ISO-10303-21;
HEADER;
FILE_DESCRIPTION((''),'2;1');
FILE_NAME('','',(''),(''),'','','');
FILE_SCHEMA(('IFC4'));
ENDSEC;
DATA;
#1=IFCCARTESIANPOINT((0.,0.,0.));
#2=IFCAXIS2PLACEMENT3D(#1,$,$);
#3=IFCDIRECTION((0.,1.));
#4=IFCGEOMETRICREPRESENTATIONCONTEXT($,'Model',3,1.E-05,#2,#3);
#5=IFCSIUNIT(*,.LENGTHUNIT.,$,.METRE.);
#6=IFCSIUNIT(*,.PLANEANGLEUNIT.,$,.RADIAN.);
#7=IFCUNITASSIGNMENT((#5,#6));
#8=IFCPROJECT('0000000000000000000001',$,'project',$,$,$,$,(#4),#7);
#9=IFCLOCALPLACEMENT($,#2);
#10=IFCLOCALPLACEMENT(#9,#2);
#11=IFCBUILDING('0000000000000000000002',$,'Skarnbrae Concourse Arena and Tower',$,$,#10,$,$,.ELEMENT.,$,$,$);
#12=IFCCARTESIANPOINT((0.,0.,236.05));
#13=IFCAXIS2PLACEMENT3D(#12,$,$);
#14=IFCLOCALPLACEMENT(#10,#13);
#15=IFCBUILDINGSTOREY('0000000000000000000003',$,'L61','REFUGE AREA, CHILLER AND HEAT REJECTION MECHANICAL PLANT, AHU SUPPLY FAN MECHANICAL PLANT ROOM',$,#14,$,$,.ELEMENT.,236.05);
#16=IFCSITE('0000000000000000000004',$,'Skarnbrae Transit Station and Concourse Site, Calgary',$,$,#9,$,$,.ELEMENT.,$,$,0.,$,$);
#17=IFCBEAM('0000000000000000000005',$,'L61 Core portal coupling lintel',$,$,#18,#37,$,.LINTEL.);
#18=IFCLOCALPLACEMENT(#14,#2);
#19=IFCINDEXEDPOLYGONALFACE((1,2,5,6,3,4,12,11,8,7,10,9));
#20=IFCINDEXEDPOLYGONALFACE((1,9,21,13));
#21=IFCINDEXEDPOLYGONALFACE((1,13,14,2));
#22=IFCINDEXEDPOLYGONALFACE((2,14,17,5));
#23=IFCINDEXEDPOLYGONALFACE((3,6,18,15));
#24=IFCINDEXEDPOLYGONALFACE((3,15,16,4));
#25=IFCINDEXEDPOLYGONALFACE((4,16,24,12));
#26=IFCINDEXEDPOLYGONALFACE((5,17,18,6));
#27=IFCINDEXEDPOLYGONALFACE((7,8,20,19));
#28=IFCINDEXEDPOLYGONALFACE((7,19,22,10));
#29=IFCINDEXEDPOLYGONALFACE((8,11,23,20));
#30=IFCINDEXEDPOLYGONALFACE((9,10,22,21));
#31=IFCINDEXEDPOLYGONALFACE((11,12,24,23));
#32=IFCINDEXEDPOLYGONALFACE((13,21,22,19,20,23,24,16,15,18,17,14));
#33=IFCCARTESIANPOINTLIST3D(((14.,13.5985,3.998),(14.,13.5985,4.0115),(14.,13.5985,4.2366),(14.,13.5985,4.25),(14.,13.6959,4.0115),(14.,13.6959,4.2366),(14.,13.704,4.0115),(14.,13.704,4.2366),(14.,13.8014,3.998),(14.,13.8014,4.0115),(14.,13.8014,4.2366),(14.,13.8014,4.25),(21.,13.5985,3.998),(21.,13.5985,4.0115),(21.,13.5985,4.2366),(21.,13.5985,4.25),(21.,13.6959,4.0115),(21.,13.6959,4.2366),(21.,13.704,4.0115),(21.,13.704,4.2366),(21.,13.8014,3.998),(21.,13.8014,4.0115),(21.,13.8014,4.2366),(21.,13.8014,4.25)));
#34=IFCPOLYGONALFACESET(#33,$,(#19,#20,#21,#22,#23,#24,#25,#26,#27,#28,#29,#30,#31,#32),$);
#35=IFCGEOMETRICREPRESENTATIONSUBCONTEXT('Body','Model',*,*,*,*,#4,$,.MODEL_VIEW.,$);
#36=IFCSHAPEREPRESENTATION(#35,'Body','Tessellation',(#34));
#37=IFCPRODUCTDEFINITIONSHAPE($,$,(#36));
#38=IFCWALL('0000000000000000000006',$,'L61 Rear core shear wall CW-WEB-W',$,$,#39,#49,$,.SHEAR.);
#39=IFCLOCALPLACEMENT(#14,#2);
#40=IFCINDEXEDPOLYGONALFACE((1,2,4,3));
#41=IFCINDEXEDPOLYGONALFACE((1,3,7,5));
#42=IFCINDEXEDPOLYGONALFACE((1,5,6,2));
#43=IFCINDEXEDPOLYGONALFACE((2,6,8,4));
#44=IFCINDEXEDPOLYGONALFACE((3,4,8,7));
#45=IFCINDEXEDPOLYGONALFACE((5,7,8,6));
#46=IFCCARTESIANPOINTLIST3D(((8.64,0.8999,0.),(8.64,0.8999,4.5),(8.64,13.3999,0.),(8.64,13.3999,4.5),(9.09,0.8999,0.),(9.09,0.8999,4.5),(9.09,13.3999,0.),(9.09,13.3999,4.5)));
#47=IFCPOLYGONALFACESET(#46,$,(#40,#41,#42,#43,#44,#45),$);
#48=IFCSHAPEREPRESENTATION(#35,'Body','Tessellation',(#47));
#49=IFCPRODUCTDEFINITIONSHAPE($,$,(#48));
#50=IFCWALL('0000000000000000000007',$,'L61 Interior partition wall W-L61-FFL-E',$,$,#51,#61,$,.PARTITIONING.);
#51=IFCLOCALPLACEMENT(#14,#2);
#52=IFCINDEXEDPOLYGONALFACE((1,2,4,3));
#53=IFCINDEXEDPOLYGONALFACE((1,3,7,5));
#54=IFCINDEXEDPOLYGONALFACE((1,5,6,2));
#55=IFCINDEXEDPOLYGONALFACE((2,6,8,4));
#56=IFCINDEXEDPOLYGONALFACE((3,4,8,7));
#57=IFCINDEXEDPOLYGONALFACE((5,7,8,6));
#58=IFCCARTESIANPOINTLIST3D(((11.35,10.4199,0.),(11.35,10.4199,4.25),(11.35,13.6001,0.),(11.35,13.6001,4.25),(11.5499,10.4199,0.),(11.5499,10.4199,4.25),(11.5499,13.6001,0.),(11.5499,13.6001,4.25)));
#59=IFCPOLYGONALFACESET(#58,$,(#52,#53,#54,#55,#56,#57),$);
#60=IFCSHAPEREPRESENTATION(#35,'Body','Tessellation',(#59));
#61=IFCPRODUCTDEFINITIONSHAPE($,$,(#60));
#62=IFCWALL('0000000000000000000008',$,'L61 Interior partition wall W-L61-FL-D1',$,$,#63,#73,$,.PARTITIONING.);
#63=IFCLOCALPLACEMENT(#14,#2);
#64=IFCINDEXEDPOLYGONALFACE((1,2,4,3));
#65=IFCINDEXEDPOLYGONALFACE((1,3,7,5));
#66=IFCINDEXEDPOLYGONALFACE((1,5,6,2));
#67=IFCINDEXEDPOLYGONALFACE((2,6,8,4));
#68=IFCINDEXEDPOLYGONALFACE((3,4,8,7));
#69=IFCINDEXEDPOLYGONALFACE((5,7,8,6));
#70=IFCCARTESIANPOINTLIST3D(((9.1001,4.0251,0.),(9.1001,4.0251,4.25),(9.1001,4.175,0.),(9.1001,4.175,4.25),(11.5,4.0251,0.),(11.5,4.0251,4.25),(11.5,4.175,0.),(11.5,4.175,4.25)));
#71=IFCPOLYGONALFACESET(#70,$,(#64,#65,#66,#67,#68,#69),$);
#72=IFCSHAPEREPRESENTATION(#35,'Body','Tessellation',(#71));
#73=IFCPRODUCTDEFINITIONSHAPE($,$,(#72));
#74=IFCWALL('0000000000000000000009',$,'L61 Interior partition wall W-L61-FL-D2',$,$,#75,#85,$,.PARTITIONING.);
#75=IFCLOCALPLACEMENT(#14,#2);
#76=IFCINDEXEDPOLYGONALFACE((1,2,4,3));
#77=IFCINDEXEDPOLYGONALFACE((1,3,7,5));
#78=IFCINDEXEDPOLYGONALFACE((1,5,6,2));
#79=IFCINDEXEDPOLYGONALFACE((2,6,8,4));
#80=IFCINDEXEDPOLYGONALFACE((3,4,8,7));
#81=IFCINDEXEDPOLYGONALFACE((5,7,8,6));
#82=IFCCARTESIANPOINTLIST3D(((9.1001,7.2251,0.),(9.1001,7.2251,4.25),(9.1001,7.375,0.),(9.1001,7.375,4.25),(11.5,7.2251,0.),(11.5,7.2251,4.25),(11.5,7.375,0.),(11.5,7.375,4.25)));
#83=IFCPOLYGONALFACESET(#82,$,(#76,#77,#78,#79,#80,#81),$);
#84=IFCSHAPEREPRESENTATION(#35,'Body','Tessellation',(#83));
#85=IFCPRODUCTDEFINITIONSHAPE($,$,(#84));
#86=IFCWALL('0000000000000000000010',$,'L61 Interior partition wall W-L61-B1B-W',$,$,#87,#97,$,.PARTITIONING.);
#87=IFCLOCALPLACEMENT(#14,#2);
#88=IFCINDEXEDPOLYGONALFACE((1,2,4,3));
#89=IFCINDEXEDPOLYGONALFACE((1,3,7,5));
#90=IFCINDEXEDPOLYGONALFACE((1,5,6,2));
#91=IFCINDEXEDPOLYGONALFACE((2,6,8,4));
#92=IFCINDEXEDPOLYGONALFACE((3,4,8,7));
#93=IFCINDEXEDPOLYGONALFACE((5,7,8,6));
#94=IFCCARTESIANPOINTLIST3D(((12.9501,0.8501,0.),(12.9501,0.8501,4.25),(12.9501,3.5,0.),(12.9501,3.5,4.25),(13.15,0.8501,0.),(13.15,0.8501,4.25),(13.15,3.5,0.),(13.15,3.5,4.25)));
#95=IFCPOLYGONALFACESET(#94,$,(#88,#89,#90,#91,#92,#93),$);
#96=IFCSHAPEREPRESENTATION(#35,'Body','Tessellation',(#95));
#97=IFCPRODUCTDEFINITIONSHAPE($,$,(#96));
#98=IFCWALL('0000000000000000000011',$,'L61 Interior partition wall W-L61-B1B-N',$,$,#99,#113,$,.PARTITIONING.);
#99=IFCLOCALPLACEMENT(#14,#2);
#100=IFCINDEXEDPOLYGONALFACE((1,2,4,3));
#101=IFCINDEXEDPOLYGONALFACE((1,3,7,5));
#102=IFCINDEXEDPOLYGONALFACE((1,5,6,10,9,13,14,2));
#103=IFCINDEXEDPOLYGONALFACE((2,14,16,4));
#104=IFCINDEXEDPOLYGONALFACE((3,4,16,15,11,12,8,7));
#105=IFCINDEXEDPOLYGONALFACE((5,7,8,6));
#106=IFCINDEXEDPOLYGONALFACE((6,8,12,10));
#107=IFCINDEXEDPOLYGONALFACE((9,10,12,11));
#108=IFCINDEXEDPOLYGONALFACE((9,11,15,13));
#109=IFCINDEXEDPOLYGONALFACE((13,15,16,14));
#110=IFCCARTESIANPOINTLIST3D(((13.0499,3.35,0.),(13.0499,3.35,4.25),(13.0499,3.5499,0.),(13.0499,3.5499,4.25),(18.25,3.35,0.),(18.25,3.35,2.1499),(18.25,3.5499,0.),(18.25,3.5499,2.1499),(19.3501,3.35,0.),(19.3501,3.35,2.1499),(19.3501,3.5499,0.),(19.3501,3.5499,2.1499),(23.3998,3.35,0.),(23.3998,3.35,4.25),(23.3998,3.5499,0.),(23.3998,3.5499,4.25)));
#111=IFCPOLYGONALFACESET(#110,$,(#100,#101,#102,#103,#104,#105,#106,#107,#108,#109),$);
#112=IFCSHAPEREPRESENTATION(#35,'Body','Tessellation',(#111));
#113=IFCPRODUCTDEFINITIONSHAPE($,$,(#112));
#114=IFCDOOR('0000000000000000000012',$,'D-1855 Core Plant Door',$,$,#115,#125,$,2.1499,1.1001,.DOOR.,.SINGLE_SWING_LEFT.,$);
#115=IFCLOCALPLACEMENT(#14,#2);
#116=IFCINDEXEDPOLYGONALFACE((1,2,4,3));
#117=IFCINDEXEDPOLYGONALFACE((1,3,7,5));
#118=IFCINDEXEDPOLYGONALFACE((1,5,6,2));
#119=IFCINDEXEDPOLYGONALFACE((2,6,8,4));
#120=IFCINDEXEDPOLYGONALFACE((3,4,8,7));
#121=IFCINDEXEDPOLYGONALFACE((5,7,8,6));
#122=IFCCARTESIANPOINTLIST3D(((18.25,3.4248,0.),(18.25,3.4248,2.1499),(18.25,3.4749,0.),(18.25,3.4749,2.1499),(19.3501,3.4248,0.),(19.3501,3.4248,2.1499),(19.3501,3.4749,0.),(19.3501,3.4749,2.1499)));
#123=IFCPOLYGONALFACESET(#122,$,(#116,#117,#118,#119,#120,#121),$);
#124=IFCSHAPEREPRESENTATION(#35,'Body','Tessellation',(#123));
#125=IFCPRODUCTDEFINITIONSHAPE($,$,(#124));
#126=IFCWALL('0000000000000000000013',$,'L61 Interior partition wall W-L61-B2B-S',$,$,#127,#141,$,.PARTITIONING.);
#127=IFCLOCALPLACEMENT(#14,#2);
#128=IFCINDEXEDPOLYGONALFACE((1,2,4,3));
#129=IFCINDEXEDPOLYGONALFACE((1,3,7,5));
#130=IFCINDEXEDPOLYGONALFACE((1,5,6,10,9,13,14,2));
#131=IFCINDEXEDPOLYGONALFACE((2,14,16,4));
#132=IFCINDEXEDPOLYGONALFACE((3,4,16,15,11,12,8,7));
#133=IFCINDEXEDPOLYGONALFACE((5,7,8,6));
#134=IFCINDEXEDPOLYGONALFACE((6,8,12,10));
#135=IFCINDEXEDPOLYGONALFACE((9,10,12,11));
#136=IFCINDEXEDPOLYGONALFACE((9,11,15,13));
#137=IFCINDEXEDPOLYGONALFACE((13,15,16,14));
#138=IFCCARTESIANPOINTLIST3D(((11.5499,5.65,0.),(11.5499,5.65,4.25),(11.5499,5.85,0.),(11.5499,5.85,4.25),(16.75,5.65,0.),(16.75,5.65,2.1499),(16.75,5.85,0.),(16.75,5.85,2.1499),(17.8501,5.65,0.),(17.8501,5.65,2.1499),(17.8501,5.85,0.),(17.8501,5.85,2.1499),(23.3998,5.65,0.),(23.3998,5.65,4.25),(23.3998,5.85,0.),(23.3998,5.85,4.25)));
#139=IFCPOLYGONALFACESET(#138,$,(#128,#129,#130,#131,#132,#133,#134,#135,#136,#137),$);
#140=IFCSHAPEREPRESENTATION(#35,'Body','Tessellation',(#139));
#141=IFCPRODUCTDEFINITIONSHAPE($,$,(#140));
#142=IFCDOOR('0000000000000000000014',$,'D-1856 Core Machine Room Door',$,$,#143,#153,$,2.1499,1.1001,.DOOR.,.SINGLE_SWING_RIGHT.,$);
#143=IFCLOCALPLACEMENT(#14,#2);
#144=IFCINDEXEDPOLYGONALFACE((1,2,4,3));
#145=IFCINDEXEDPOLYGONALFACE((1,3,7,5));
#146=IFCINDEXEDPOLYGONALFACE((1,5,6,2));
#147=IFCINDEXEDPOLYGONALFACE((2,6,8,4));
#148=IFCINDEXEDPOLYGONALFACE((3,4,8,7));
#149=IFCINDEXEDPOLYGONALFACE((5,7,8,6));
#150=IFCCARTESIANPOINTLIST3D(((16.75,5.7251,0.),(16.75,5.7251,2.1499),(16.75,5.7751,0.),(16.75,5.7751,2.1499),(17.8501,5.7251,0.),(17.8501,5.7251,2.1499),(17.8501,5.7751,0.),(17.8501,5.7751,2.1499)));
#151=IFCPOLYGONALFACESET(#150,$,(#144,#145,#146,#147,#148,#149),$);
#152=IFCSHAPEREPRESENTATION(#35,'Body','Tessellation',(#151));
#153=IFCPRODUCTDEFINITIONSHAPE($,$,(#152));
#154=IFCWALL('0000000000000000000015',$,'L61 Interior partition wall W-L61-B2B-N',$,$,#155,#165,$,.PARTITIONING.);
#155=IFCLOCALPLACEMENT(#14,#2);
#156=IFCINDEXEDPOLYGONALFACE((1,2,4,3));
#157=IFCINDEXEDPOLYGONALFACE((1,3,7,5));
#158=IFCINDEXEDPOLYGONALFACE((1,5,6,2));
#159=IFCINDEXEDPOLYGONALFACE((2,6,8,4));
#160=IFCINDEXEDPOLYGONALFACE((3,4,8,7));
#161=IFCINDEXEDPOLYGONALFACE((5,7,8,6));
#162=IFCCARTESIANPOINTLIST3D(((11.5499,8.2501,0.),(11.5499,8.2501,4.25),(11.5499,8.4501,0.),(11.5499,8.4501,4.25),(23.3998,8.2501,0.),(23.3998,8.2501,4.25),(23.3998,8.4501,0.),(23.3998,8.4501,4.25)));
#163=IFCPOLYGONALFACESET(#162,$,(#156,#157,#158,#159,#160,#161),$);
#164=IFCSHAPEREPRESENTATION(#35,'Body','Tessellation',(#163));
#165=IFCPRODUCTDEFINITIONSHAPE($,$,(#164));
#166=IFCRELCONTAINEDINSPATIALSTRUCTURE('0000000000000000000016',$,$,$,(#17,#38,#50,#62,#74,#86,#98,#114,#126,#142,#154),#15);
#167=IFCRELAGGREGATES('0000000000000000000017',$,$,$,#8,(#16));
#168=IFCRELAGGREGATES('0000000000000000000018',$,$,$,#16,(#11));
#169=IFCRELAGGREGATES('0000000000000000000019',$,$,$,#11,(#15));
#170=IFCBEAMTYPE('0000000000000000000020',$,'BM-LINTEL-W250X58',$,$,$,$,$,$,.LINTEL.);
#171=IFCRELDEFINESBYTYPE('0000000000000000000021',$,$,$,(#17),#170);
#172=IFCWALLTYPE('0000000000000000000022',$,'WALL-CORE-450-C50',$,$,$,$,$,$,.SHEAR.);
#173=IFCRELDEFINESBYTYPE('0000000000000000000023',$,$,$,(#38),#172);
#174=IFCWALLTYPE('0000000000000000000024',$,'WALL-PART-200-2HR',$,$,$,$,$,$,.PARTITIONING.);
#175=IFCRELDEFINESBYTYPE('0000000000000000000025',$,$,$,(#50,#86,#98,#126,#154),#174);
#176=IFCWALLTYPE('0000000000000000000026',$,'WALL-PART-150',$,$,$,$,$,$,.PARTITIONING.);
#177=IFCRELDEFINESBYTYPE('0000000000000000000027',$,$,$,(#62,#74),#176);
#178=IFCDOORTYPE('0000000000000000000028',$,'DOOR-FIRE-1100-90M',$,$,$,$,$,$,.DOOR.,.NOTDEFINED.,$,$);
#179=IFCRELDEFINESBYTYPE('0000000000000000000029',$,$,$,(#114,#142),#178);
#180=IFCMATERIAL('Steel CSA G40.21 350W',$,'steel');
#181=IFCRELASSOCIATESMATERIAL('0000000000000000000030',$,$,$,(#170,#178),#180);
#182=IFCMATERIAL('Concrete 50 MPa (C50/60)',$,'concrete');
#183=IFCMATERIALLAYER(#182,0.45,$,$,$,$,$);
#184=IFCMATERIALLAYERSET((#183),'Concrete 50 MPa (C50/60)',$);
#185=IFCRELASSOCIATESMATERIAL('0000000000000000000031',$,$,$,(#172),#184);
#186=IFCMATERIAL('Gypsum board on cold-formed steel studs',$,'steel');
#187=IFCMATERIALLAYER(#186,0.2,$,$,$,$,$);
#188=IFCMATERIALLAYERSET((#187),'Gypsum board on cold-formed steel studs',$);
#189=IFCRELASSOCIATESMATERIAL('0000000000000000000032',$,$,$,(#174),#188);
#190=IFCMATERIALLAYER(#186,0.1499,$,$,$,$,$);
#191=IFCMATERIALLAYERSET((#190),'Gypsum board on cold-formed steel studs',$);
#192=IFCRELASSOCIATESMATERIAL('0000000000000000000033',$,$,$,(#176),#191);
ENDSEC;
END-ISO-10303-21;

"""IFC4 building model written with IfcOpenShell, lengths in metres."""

from ifc_helpers import new_model, si_unit, direction, frame, frame_2d, origin, origin_2d, place, context, subcontext, project, spatial, rectangle, i_section, extrude, source, transform, mapped, material, layer, layer_set, material_profile, profile_set, type_object, element, fill, save


model = new_model("IFC4")

# Units and contexts
model_context = context("Model", 3, precision=1e-05, world=origin(), true_north=direction((0.0, 1.0)))
body_context = subcontext(model_context, "Body", "Model", "MODEL_VIEW")
ifc_project = project(units=[si_unit("LENGTHUNIT", "METRE"), si_unit("PLANEANGLEUNIT", "RADIAN")], contexts=[model_context])

# Site, building, storey
site_placement = place(None, origin())
site = spatial("IfcSite", under=ifc_project, at=site_placement, Name="Skarnbrae Transit Station and Concourse Site, Calgary", CompositionType="ELEMENT", RefElevation=0.0)
building_placement = place(site_placement, origin())
building = spatial("IfcBuilding", under=site, at=building_placement, Name="Skarnbrae Concourse Arena and Tower", CompositionType="ELEMENT")
storey_placement = place(building_placement, frame((0.0, 0.0, 236.05)))
storey = spatial("IfcBuildingStorey", under=building, at=storey_placement, Name="L61", Description="REFUGE AREA, CHILLER AND HEAT REJECTION MECHANICAL PLANT, AHU SUPPLY FAN MECHANICAL PLANT ROOM", CompositionType="ELEMENT", Elevation=236.05)

# Beam
ifc_material_1 = material(Name="Steel CSA G40.21 350W", Category="steel")
ifc_material_profile = material_profile(ifc_material_1, i_section(OverallWidth=0.2029, OverallDepth=0.252, WebThickness=0.0081, FlangeThickness=0.0134, at=origin_2d()), Name="W250X58")
ifc_profile_set = profile_set([ifc_material_profile], Name="Steel CSA G40.21 350W")
beam_type = type_object("IfcBeamType", Name="BM-LINTEL-W250X58", PredefinedType="LINTEL", material=ifc_profile_set)
shared_shape_1 = source(origin(), body_context, "Body", "SweptSolid", [
    extrude(i_section(OverallWidth=0.2029, OverallDepth=0.252, WebThickness=0.0081, FlangeThickness=0.0134, at=origin_2d()), origin(), (0.0, 0.0, 1.0), 7.0),
])
beam_placement = place(storey_placement, frame((14.0, 13.7, 4.124), z_axis=(1.0, 0.0, 0.0), x_axis=(0.0, 1.0, 0.0)))
element("IfcBeam", 1, at=beam_placement, inside=storey, type_object=beam_type, Name="L61 Core portal coupling lintel", PredefinedType="LINTEL", context=body_context, shape_type="MappedRepresentation", body=[
    mapped(shared_shape_1, transform((0.0, 0.0, 0.0))),
])

# Walls
ifc_material_2 = material(Name="Concrete 50 MPa (C50/60)", Category="concrete")
ifc_layer_1 = layer(ifc_material_2, 0.45)
ifc_layer_set_1 = layer_set([ifc_layer_1], Name="Concrete 50 MPa (C50/60)")
wall_type_1 = type_object("IfcWallType", Name="WALL-CORE-450-C50", PredefinedType="SHEAR", material=ifc_layer_set_1)
shared_shape_2 = source(origin(), body_context, "Body", "SweptSolid", [
    extrude(rectangle(XDim=12.5, YDim=0.45, at=frame_2d((6.25, 0.0))), origin(), (0.0, 0.0, 1.0), 4.5),
])
wall_1_placement = place(storey_placement, frame((8.865, 0.8999, 0.0), z_axis=(0.0, 0.0, 1.0), x_axis=(0.0, 1.0, 0.0)))
element("IfcWall", 2, at=wall_1_placement, inside=storey, type_object=wall_type_1, Name="L61 Rear core shear wall CW-WEB-W", PredefinedType="SHEAR", context=body_context, shape_type="MappedRepresentation", body=[
    mapped(shared_shape_2, transform((0.0, 0.0, 0.0))),
])
ifc_material_3 = material(Name="Gypsum board on cold-formed steel studs", Category="steel")
ifc_layer_2 = layer(ifc_material_3, 0.2)
ifc_layer_set_2 = layer_set([ifc_layer_2], Name="Gypsum board on cold-formed steel studs")
wall_type_2 = type_object("IfcWallType", Name="WALL-PART-200-2HR", PredefinedType="PARTITIONING", material=ifc_layer_set_2)
shared_shape_3 = source(origin(), body_context, "Body", "SweptSolid", [
    extrude(rectangle(XDim=3.1802, YDim=0.2, at=frame_2d((1.5901, 0.0))), origin(), (0.0, 0.0, 1.0), 4.25),
])
wall_2_placement = place(storey_placement, frame((11.45, 10.4199, 0.0), z_axis=(0.0, 0.0, 1.0), x_axis=(0.0, 1.0, 0.0)))
element("IfcWall", 3, at=wall_2_placement, inside=storey, type_object=wall_type_2, Name="L61 Interior partition wall W-L61-FFL-E", PredefinedType="PARTITIONING", context=body_context, shape_type="MappedRepresentation", body=[
    mapped(shared_shape_3, transform((0.0, 0.0, 0.0))),
])

# Shared definitions
shared_shape_4 = source(origin(), body_context, "Body", "SweptSolid", [
    extrude(rectangle(XDim=1.1001, YDim=2.1499, at=frame_2d((0.55, 1.075))), frame((0.0, 0.0249, 0.0), z_axis=(0.0, -1.0, 0.0), x_axis=(1.0, 0.0, 0.0)), (0.0, 0.0, 1.0), 0.05),
])

# Walls
ifc_layer_3 = layer(ifc_material_3, 0.1499)
ifc_layer_set_3 = layer_set([ifc_layer_3], Name="Gypsum board on cold-formed steel studs")
wall_type_3 = type_object("IfcWallType", Name="WALL-PART-150", PredefinedType="PARTITIONING", material=ifc_layer_set_3)
shared_shape_5 = source(origin(), body_context, "Body", "SweptSolid", [
    extrude(rectangle(XDim=2.3999, YDim=0.1499, at=frame_2d((1.2, 0.0))), origin(), (0.0, 0.0, 1.0), 4.25),
])
for number, where, z_axis, x_axis, name in (
    (4, (9.1001, 4.1001, 0.0), (0.0, 0.0, 1.0), (1.0, 0.0, 0.0), "L61 Interior partition wall W-L61-FL-D1"),
    (5, (9.1001, 7.3, 0.0), (0.0, 0.0, 1.0), (1.0, 0.0, 0.0), "L61 Interior partition wall W-L61-FL-D2"),
):
    element("IfcWall", number, at=place(storey_placement, frame(where, z_axis=z_axis, x_axis=x_axis)), inside=storey, type_object=wall_type_3, Name=name, PredefinedType="PARTITIONING", context=body_context, shape_type="MappedRepresentation", body=[
        mapped(shared_shape_5, transform((0.0, 0.0, 0.0))),
    ])
shared_shape_6 = source(origin(), body_context, "Body", "SweptSolid", [
    extrude(rectangle(XDim=2.6499, YDim=0.2, at=frame_2d((1.325, 0.0))), origin(), (0.0, 0.0, 1.0), 4.25),
])
wall_3_placement = place(storey_placement, frame((13.05, 0.8501, 0.0), z_axis=(0.0, 0.0, 1.0), x_axis=(0.0, 1.0, 0.0)))
element("IfcWall", 6, at=wall_3_placement, inside=storey, type_object=wall_type_2, Name="L61 Interior partition wall W-L61-B1B-W", PredefinedType="PARTITIONING", context=body_context, shape_type="MappedRepresentation", body=[
    mapped(shared_shape_6, transform((0.0, 0.0, 0.0))),
])

# Walls, openings, doors
shared_shape_7 = source(origin(), body_context, "Body", "SweptSolid", [
    extrude(rectangle(XDim=10.3499, YDim=0.2, at=frame_2d((5.1748, 0.0))), origin(), (0.0, 0.0, 1.0), 4.25),
])
wall_4_placement = place(storey_placement, frame((13.05, 3.45, 0.0), z_axis=(0.0, 0.0, 1.0), x_axis=(1.0, 0.0, 0.0)))
wall_4 = element("IfcWall", 7, at=wall_4_placement, inside=storey, type_object=wall_type_2, Name="L61 Interior partition wall W-L61-B1B-N", PredefinedType="PARTITIONING", context=body_context, shape_type="MappedRepresentation", body=[
    mapped(shared_shape_7, transform((0.0, 0.0, 0.0))),
])
opening_1_placement = place(wall_4_placement, frame((5.2, 0.0, 0.0)))
opening_1 = element("IfcOpeningElement", 8, at=opening_1_placement, cuts=wall_4, PredefinedType="OPENING", context=body_context, shape_type="SweptSolid", body=[
    extrude(rectangle(XDim=1.1001, YDim=2.1499, at=frame_2d((0.55, 1.075))), frame((0.0, 0.1099, 0.0), z_axis=(0.0, -1.0, 0.0), x_axis=(1.0, 0.0, 0.0)), (0.0, 0.0, 1.0), 0.22),
])
door_type_1 = type_object("IfcDoorType", Name="DOOR-FIRE-1100-90M", OperationType="NOTDEFINED", PredefinedType="DOOR", material=ifc_material_1)
door_1_placement = place(opening_1_placement, origin())
door_1 = element("IfcDoor", 9, at=door_1_placement, inside=storey, type_object=door_type_1, Name="D-1855 Core Plant Door", OperationType="SINGLE_SWING_LEFT", OverallHeight=2.1499, OverallWidth=1.1001, PredefinedType="DOOR", context=body_context, shape_type="MappedRepresentation", body=[
    mapped(shared_shape_4, transform((0.0, 0.0, 0.0))),
])
fill(opening_1, door_1)
shared_shape_8 = source(origin(), body_context, "Body", "SweptSolid", [
    extrude(rectangle(XDim=11.8499, YDim=0.2, at=frame_2d((5.9248, 0.0))), origin(), (0.0, 0.0, 1.0), 4.25),
])
wall_5_placement = place(storey_placement, frame((11.55, 5.75, 0.0), z_axis=(0.0, 0.0, 1.0), x_axis=(1.0, 0.0, 0.0)))
wall_5 = element("IfcWall", 10, at=wall_5_placement, inside=storey, type_object=wall_type_2, Name="L61 Interior partition wall W-L61-B2B-S", PredefinedType="PARTITIONING", context=body_context, shape_type="MappedRepresentation", body=[
    mapped(shared_shape_8, transform((0.0, 0.0, 0.0))),
])
opening_2_placement = place(wall_5_placement, frame((5.2, 0.0, 0.0)))
opening_2 = element("IfcOpeningElement", 11, at=opening_2_placement, cuts=wall_5, PredefinedType="OPENING", context=body_context, shape_type="SweptSolid", body=[
    extrude(rectangle(XDim=1.1001, YDim=2.1499, at=frame_2d((0.55, 1.075))), frame((0.0, 0.1099, 0.0), z_axis=(0.0, -1.0, 0.0), x_axis=(1.0, 0.0, 0.0)), (0.0, 0.0, 1.0), 0.22),
])
door_2_placement = place(opening_2_placement, frame((1.1001, 0.0, 0.0), z_axis=(0.0, 0.0, 1.0), x_axis=(-1.0, 0.0, 0.0)))
door_2 = element("IfcDoor", 12, at=door_2_placement, inside=storey, type_object=door_type_1, Name="D-1856 Core Machine Room Door", OperationType="SINGLE_SWING_RIGHT", OverallHeight=2.1499, OverallWidth=1.1001, PredefinedType="DOOR", context=body_context, shape_type="MappedRepresentation", body=[
    mapped(shared_shape_4, transform((0.0, 0.0, 0.0))),
])
fill(opening_2, door_2)

# Wall
wall_6_placement = place(storey_placement, frame((11.55, 8.3501, 0.0), z_axis=(0.0, 0.0, 1.0), x_axis=(1.0, 0.0, 0.0)))
element("IfcWall", 13, at=wall_6_placement, inside=storey, type_object=wall_type_2, Name="L61 Interior partition wall W-L61-B2B-N", PredefinedType="PARTITIONING", context=body_context, shape_type="MappedRepresentation", body=[
    mapped(shared_shape_8, transform((0.0, 0.0, 0.0))),
])

save(model, "model.ifc")
